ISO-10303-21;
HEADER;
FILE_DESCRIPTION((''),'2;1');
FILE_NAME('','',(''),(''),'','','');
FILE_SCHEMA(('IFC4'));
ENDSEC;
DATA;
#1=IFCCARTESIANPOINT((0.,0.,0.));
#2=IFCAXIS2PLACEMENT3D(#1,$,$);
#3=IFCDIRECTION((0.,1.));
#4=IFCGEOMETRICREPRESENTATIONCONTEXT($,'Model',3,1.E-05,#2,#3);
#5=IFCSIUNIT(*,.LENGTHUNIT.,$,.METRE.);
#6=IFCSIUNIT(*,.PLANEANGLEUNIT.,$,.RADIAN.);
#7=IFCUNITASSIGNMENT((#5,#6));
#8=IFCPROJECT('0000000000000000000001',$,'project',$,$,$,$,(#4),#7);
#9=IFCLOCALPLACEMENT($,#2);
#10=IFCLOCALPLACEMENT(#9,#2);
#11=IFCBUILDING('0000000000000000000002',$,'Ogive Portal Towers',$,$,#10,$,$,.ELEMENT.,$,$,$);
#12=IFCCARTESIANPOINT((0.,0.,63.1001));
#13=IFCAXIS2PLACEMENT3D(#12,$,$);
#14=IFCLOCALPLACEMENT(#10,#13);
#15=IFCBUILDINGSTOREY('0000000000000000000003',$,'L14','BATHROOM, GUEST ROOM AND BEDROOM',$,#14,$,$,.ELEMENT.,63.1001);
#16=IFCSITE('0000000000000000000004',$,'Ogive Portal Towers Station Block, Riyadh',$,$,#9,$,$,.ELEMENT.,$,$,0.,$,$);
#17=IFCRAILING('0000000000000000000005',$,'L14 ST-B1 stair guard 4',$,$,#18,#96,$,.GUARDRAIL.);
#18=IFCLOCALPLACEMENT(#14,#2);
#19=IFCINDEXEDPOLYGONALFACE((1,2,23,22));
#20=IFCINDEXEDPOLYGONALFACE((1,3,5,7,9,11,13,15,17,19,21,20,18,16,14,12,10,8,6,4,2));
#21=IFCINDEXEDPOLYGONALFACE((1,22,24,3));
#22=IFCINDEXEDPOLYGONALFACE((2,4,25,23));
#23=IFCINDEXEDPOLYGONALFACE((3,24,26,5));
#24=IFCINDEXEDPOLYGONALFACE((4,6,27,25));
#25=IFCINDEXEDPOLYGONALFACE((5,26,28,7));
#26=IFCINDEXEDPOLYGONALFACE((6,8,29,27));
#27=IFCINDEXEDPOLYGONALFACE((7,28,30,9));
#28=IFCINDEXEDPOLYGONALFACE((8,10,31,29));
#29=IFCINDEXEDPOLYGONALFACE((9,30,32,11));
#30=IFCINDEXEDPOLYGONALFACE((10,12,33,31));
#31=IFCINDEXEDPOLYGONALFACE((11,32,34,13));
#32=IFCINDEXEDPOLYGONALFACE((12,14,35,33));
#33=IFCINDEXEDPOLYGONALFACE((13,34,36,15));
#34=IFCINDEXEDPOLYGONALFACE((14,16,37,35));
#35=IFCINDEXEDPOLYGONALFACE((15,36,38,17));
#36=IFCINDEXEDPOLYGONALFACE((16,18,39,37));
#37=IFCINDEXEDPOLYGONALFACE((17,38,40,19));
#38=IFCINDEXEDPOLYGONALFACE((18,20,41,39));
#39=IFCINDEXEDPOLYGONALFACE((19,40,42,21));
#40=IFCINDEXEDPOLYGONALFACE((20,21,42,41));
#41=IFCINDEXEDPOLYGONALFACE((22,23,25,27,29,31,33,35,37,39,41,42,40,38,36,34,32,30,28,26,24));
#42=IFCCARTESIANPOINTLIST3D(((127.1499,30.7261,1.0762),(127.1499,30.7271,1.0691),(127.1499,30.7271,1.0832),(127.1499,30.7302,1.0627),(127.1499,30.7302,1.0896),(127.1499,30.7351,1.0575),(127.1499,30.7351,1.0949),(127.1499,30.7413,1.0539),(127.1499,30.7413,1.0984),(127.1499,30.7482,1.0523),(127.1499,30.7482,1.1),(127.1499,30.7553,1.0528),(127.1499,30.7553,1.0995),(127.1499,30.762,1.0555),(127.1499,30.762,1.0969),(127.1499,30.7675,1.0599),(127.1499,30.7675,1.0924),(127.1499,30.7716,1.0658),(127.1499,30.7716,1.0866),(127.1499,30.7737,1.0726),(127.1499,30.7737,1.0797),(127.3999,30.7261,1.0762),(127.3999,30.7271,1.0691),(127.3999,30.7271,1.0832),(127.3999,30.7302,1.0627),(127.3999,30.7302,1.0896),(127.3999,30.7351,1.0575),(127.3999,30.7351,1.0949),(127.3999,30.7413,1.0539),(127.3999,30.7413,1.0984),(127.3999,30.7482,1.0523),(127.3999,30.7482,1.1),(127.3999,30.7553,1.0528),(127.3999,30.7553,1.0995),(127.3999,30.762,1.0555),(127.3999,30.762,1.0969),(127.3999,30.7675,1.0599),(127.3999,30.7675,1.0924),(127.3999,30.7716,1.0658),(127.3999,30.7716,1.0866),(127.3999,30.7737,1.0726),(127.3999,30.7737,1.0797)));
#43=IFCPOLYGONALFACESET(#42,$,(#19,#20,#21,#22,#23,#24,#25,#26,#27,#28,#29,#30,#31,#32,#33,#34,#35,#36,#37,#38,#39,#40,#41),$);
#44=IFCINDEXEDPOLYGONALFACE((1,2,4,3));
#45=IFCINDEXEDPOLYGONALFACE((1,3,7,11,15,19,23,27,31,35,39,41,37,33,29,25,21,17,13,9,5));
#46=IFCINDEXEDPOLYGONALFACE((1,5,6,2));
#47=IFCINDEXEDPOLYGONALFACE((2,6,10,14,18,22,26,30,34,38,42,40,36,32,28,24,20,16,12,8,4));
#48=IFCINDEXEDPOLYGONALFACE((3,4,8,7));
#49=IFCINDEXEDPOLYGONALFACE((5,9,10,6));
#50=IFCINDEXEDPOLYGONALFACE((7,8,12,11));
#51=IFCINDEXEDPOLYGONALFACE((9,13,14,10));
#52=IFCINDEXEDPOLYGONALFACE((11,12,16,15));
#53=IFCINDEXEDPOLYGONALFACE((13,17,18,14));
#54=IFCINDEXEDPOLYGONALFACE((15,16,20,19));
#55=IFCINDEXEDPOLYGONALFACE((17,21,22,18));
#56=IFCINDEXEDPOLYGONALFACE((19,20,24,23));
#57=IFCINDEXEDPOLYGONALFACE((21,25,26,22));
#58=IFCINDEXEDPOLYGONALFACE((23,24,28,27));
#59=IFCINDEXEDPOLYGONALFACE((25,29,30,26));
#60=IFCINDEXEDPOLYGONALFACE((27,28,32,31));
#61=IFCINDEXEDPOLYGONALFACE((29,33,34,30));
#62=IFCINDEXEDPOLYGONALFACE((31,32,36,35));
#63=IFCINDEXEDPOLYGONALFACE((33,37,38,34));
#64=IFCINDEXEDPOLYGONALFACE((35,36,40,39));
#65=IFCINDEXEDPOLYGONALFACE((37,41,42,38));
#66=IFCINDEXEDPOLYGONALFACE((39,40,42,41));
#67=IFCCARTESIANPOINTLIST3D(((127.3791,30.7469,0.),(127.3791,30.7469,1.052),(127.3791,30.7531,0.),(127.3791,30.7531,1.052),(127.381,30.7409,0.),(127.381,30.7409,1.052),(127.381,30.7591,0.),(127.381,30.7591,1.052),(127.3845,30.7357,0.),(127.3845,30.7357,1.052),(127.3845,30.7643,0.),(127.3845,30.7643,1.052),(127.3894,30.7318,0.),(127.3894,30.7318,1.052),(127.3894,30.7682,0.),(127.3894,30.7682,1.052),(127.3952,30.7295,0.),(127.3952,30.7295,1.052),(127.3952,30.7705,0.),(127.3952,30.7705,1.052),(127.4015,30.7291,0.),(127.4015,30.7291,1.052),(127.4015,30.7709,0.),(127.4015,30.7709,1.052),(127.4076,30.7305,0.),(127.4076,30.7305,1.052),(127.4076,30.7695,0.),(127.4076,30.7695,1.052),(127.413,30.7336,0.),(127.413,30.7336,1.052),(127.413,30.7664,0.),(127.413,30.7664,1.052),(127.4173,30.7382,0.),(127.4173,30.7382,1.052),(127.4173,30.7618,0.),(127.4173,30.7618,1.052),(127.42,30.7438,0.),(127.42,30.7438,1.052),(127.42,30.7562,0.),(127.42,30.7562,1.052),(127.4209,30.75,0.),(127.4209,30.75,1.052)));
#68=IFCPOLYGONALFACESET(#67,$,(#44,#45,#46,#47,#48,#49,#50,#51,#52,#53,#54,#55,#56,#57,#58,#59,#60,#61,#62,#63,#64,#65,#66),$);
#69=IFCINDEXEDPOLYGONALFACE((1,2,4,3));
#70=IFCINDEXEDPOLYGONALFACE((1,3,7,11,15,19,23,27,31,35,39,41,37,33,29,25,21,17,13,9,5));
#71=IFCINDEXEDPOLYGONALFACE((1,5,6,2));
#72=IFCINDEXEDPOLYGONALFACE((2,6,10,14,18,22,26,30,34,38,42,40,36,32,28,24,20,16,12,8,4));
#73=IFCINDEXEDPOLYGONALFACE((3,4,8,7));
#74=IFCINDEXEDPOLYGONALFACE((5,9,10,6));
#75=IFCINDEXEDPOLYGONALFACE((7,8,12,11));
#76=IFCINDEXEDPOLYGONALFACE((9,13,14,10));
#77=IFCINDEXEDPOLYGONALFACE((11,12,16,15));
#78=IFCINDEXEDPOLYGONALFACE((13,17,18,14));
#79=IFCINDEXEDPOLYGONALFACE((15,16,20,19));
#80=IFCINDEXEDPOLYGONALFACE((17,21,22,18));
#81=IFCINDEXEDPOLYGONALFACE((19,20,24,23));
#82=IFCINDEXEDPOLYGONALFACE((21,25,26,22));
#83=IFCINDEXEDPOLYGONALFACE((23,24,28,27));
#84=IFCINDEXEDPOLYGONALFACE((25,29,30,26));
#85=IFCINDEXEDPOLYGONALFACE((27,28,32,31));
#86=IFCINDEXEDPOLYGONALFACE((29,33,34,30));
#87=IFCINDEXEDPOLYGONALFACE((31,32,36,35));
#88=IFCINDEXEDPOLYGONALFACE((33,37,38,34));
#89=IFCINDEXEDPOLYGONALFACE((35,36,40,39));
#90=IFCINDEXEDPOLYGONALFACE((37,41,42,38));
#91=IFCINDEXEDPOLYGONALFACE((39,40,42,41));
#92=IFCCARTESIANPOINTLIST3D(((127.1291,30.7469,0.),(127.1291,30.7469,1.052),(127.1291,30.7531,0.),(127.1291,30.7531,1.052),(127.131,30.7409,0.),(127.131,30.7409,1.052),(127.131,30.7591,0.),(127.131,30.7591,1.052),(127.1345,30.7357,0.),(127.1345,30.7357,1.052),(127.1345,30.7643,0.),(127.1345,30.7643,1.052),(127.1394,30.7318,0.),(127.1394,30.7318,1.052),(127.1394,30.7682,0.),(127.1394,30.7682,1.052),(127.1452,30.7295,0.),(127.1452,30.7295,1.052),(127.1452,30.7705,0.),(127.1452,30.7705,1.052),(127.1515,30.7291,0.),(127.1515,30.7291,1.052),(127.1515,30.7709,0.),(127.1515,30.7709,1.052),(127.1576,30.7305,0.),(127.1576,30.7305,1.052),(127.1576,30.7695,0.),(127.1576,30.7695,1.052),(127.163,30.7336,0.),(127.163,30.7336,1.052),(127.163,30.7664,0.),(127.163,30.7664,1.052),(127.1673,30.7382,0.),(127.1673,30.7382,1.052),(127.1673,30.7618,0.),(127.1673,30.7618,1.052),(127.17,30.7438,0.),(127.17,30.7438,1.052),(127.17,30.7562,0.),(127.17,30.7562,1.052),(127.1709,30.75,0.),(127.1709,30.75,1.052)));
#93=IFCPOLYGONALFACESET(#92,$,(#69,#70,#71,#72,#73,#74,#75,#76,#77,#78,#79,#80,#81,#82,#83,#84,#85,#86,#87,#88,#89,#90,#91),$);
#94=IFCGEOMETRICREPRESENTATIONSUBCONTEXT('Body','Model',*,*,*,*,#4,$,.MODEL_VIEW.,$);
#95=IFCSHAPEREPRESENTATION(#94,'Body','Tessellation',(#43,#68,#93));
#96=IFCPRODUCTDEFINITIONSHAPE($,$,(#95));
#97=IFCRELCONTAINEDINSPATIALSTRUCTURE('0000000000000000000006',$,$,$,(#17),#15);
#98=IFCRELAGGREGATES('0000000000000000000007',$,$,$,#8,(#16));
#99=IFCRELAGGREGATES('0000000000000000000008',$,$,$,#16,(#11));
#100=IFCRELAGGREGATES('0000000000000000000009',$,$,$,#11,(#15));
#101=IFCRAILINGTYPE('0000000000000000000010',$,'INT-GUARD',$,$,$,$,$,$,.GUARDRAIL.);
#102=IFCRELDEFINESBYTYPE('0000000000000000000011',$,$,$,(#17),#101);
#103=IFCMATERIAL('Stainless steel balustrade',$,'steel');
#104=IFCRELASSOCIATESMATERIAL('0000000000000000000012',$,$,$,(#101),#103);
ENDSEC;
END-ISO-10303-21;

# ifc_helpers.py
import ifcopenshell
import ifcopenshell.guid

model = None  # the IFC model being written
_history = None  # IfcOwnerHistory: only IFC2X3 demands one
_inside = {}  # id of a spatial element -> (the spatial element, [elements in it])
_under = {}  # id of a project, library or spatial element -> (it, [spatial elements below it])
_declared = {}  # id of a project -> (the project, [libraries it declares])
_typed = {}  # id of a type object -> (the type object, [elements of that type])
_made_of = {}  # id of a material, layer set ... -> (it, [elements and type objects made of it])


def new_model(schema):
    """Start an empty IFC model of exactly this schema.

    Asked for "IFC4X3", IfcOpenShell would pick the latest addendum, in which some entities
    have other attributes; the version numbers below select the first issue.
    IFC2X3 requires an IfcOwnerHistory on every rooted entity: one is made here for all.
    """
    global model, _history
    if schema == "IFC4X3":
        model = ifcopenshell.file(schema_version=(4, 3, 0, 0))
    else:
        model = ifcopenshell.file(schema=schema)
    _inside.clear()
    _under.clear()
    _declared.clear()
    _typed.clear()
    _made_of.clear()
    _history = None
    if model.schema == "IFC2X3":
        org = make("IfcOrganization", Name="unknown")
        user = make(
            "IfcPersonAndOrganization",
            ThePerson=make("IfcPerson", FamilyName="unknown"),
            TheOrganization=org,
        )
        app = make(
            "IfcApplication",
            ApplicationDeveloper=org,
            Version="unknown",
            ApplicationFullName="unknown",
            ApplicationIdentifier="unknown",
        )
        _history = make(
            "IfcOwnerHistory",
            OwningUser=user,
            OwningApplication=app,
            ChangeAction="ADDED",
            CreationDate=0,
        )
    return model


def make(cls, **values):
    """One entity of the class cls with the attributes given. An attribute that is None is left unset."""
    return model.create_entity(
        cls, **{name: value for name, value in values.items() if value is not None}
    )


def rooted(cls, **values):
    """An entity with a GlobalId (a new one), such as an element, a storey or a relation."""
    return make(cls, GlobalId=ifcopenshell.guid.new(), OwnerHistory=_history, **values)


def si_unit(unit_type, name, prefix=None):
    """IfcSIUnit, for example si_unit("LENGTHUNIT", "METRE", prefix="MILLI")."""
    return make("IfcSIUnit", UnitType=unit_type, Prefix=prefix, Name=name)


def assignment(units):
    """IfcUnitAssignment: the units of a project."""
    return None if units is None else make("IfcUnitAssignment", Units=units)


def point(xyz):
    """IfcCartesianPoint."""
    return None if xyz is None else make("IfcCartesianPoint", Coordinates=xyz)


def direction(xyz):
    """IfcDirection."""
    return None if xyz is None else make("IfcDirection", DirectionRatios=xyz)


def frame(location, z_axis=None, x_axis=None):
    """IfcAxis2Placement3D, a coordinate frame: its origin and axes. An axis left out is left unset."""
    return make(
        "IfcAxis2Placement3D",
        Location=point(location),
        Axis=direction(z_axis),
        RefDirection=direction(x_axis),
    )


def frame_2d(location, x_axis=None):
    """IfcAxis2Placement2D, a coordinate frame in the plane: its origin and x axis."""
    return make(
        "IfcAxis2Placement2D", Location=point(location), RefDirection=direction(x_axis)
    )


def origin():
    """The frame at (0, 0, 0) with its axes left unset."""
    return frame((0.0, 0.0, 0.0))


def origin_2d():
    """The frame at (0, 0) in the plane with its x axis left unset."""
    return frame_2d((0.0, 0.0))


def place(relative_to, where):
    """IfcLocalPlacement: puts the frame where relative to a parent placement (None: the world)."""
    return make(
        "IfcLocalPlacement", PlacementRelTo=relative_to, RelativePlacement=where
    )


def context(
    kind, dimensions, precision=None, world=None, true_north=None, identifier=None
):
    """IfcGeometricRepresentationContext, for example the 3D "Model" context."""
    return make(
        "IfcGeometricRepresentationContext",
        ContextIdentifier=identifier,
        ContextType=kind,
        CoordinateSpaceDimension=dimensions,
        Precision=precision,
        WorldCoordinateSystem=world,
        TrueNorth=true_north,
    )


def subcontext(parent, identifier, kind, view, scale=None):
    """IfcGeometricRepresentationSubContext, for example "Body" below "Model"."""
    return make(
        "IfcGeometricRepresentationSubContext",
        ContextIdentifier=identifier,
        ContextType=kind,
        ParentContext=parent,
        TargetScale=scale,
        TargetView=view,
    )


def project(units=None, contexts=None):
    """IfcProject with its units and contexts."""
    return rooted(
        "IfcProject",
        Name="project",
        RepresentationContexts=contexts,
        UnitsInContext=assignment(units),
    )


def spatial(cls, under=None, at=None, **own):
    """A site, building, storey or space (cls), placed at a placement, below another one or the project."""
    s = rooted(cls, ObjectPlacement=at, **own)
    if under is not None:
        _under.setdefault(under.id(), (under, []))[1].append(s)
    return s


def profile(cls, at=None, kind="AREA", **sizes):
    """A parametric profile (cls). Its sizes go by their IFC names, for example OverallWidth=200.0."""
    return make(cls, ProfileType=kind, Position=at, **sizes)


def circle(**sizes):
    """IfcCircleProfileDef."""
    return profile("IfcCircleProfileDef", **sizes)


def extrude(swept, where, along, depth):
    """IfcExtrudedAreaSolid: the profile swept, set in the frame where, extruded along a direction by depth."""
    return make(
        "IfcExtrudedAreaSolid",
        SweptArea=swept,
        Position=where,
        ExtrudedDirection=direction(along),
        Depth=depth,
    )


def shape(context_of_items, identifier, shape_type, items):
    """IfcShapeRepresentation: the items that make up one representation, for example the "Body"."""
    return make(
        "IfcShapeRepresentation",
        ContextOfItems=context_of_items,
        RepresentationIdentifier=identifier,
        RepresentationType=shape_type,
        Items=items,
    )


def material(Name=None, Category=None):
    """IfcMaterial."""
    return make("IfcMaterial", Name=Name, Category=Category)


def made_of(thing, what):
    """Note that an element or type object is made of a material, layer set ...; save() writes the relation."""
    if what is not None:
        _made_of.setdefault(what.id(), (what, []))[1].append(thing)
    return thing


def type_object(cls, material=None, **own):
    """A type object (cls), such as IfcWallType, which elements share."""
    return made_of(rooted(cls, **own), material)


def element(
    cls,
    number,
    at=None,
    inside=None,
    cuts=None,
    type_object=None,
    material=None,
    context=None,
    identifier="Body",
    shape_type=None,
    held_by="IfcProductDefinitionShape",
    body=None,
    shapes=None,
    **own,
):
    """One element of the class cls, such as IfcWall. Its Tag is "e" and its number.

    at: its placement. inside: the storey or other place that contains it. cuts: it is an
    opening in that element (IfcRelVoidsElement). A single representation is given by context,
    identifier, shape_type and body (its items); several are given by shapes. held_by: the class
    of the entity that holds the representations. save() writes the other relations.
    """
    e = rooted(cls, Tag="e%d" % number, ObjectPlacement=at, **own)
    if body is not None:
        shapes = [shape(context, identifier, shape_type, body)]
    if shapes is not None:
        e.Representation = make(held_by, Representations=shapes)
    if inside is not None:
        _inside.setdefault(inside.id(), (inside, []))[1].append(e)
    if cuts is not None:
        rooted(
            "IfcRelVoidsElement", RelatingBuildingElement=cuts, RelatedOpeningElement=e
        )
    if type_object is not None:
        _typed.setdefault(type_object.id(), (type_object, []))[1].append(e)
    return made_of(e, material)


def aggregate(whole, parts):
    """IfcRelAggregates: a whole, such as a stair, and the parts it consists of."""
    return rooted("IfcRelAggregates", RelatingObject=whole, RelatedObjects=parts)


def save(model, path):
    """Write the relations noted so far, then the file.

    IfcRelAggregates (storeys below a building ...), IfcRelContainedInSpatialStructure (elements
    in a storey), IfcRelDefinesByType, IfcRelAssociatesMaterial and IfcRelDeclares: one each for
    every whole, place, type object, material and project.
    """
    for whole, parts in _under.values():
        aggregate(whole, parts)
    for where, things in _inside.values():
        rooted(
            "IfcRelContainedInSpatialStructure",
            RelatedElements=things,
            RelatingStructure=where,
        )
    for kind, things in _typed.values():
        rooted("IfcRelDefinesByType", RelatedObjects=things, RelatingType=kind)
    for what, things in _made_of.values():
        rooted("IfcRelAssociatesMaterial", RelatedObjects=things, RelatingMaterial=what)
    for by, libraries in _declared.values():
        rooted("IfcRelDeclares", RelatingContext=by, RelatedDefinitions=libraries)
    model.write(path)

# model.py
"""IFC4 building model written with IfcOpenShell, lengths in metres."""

from ifc_helpers import new_model, si_unit, direction, frame, origin, origin_2d, place, context, subcontext, project, spatial, circle, extrude, material, type_object, element, save


model = new_model("IFC4")

# Units and contexts
model_context = context("Model", 3, precision=1e-05, world=origin(), true_north=direction((0.0, 1.0)))
body_context = subcontext(model_context, "Body", "Model", "MODEL_VIEW")
ifc_project = project(units=[si_unit("LENGTHUNIT", "METRE"), si_unit("PLANEANGLEUNIT", "RADIAN")], contexts=[model_context])

# Site, building, storey
site_placement = place(None, origin())
site = spatial("IfcSite", under=ifc_project, at=site_placement, Name="Ogive Portal Towers Station Block, Riyadh", CompositionType="ELEMENT", RefElevation=0.0)
building_placement = place(site_placement, origin())
building = spatial("IfcBuilding", under=site, at=building_placement, Name="Ogive Portal Towers", CompositionType="ELEMENT")
storey_placement = place(building_placement, frame((0.0, 0.0, 63.1001)))
storey = spatial("IfcBuildingStorey", under=building, at=storey_placement, Name="L14", Description="BATHROOM, GUEST ROOM AND BEDROOM", CompositionType="ELEMENT", Elevation=63.1001)

# Railing
ifc_material_1 = material(Name="Stainless steel balustrade", Category="steel")
railing_type_1 = type_object("IfcRailingType", Name="INT-GUARD", PredefinedType="GUARDRAIL", material=ifc_material_1)
railing_1_placement = place(storey_placement, frame((127.3999, 30.75, 0.0)))
element("IfcRailing", 1, at=railing_1_placement, inside=storey, type_object=railing_type_1, Name="L14 ST-B1 stair guard 4", PredefinedType="GUARDRAIL", context=body_context, shape_type="SweptSolid", body=[
    extrude(circle(Radius=0.0239, at=origin_2d()), frame((0.0, 0.0, 1.0762), z_axis=(-1.0, 0.0, 0.0), x_axis=(0.0, -1.0, 0.0)), (0.0, 0.0, 1.0), 0.25),
    extrude(circle(Radius=0.021, at=origin_2d()), origin(), (0.0, 0.0, 1.0), 1.052),
    extrude(circle(Radius=0.021, at=origin_2d()), frame((-0.25, 0.0, 0.0)), (0.0, 0.0, 1.0), 1.052),
])

save(model, "model.ifc")
